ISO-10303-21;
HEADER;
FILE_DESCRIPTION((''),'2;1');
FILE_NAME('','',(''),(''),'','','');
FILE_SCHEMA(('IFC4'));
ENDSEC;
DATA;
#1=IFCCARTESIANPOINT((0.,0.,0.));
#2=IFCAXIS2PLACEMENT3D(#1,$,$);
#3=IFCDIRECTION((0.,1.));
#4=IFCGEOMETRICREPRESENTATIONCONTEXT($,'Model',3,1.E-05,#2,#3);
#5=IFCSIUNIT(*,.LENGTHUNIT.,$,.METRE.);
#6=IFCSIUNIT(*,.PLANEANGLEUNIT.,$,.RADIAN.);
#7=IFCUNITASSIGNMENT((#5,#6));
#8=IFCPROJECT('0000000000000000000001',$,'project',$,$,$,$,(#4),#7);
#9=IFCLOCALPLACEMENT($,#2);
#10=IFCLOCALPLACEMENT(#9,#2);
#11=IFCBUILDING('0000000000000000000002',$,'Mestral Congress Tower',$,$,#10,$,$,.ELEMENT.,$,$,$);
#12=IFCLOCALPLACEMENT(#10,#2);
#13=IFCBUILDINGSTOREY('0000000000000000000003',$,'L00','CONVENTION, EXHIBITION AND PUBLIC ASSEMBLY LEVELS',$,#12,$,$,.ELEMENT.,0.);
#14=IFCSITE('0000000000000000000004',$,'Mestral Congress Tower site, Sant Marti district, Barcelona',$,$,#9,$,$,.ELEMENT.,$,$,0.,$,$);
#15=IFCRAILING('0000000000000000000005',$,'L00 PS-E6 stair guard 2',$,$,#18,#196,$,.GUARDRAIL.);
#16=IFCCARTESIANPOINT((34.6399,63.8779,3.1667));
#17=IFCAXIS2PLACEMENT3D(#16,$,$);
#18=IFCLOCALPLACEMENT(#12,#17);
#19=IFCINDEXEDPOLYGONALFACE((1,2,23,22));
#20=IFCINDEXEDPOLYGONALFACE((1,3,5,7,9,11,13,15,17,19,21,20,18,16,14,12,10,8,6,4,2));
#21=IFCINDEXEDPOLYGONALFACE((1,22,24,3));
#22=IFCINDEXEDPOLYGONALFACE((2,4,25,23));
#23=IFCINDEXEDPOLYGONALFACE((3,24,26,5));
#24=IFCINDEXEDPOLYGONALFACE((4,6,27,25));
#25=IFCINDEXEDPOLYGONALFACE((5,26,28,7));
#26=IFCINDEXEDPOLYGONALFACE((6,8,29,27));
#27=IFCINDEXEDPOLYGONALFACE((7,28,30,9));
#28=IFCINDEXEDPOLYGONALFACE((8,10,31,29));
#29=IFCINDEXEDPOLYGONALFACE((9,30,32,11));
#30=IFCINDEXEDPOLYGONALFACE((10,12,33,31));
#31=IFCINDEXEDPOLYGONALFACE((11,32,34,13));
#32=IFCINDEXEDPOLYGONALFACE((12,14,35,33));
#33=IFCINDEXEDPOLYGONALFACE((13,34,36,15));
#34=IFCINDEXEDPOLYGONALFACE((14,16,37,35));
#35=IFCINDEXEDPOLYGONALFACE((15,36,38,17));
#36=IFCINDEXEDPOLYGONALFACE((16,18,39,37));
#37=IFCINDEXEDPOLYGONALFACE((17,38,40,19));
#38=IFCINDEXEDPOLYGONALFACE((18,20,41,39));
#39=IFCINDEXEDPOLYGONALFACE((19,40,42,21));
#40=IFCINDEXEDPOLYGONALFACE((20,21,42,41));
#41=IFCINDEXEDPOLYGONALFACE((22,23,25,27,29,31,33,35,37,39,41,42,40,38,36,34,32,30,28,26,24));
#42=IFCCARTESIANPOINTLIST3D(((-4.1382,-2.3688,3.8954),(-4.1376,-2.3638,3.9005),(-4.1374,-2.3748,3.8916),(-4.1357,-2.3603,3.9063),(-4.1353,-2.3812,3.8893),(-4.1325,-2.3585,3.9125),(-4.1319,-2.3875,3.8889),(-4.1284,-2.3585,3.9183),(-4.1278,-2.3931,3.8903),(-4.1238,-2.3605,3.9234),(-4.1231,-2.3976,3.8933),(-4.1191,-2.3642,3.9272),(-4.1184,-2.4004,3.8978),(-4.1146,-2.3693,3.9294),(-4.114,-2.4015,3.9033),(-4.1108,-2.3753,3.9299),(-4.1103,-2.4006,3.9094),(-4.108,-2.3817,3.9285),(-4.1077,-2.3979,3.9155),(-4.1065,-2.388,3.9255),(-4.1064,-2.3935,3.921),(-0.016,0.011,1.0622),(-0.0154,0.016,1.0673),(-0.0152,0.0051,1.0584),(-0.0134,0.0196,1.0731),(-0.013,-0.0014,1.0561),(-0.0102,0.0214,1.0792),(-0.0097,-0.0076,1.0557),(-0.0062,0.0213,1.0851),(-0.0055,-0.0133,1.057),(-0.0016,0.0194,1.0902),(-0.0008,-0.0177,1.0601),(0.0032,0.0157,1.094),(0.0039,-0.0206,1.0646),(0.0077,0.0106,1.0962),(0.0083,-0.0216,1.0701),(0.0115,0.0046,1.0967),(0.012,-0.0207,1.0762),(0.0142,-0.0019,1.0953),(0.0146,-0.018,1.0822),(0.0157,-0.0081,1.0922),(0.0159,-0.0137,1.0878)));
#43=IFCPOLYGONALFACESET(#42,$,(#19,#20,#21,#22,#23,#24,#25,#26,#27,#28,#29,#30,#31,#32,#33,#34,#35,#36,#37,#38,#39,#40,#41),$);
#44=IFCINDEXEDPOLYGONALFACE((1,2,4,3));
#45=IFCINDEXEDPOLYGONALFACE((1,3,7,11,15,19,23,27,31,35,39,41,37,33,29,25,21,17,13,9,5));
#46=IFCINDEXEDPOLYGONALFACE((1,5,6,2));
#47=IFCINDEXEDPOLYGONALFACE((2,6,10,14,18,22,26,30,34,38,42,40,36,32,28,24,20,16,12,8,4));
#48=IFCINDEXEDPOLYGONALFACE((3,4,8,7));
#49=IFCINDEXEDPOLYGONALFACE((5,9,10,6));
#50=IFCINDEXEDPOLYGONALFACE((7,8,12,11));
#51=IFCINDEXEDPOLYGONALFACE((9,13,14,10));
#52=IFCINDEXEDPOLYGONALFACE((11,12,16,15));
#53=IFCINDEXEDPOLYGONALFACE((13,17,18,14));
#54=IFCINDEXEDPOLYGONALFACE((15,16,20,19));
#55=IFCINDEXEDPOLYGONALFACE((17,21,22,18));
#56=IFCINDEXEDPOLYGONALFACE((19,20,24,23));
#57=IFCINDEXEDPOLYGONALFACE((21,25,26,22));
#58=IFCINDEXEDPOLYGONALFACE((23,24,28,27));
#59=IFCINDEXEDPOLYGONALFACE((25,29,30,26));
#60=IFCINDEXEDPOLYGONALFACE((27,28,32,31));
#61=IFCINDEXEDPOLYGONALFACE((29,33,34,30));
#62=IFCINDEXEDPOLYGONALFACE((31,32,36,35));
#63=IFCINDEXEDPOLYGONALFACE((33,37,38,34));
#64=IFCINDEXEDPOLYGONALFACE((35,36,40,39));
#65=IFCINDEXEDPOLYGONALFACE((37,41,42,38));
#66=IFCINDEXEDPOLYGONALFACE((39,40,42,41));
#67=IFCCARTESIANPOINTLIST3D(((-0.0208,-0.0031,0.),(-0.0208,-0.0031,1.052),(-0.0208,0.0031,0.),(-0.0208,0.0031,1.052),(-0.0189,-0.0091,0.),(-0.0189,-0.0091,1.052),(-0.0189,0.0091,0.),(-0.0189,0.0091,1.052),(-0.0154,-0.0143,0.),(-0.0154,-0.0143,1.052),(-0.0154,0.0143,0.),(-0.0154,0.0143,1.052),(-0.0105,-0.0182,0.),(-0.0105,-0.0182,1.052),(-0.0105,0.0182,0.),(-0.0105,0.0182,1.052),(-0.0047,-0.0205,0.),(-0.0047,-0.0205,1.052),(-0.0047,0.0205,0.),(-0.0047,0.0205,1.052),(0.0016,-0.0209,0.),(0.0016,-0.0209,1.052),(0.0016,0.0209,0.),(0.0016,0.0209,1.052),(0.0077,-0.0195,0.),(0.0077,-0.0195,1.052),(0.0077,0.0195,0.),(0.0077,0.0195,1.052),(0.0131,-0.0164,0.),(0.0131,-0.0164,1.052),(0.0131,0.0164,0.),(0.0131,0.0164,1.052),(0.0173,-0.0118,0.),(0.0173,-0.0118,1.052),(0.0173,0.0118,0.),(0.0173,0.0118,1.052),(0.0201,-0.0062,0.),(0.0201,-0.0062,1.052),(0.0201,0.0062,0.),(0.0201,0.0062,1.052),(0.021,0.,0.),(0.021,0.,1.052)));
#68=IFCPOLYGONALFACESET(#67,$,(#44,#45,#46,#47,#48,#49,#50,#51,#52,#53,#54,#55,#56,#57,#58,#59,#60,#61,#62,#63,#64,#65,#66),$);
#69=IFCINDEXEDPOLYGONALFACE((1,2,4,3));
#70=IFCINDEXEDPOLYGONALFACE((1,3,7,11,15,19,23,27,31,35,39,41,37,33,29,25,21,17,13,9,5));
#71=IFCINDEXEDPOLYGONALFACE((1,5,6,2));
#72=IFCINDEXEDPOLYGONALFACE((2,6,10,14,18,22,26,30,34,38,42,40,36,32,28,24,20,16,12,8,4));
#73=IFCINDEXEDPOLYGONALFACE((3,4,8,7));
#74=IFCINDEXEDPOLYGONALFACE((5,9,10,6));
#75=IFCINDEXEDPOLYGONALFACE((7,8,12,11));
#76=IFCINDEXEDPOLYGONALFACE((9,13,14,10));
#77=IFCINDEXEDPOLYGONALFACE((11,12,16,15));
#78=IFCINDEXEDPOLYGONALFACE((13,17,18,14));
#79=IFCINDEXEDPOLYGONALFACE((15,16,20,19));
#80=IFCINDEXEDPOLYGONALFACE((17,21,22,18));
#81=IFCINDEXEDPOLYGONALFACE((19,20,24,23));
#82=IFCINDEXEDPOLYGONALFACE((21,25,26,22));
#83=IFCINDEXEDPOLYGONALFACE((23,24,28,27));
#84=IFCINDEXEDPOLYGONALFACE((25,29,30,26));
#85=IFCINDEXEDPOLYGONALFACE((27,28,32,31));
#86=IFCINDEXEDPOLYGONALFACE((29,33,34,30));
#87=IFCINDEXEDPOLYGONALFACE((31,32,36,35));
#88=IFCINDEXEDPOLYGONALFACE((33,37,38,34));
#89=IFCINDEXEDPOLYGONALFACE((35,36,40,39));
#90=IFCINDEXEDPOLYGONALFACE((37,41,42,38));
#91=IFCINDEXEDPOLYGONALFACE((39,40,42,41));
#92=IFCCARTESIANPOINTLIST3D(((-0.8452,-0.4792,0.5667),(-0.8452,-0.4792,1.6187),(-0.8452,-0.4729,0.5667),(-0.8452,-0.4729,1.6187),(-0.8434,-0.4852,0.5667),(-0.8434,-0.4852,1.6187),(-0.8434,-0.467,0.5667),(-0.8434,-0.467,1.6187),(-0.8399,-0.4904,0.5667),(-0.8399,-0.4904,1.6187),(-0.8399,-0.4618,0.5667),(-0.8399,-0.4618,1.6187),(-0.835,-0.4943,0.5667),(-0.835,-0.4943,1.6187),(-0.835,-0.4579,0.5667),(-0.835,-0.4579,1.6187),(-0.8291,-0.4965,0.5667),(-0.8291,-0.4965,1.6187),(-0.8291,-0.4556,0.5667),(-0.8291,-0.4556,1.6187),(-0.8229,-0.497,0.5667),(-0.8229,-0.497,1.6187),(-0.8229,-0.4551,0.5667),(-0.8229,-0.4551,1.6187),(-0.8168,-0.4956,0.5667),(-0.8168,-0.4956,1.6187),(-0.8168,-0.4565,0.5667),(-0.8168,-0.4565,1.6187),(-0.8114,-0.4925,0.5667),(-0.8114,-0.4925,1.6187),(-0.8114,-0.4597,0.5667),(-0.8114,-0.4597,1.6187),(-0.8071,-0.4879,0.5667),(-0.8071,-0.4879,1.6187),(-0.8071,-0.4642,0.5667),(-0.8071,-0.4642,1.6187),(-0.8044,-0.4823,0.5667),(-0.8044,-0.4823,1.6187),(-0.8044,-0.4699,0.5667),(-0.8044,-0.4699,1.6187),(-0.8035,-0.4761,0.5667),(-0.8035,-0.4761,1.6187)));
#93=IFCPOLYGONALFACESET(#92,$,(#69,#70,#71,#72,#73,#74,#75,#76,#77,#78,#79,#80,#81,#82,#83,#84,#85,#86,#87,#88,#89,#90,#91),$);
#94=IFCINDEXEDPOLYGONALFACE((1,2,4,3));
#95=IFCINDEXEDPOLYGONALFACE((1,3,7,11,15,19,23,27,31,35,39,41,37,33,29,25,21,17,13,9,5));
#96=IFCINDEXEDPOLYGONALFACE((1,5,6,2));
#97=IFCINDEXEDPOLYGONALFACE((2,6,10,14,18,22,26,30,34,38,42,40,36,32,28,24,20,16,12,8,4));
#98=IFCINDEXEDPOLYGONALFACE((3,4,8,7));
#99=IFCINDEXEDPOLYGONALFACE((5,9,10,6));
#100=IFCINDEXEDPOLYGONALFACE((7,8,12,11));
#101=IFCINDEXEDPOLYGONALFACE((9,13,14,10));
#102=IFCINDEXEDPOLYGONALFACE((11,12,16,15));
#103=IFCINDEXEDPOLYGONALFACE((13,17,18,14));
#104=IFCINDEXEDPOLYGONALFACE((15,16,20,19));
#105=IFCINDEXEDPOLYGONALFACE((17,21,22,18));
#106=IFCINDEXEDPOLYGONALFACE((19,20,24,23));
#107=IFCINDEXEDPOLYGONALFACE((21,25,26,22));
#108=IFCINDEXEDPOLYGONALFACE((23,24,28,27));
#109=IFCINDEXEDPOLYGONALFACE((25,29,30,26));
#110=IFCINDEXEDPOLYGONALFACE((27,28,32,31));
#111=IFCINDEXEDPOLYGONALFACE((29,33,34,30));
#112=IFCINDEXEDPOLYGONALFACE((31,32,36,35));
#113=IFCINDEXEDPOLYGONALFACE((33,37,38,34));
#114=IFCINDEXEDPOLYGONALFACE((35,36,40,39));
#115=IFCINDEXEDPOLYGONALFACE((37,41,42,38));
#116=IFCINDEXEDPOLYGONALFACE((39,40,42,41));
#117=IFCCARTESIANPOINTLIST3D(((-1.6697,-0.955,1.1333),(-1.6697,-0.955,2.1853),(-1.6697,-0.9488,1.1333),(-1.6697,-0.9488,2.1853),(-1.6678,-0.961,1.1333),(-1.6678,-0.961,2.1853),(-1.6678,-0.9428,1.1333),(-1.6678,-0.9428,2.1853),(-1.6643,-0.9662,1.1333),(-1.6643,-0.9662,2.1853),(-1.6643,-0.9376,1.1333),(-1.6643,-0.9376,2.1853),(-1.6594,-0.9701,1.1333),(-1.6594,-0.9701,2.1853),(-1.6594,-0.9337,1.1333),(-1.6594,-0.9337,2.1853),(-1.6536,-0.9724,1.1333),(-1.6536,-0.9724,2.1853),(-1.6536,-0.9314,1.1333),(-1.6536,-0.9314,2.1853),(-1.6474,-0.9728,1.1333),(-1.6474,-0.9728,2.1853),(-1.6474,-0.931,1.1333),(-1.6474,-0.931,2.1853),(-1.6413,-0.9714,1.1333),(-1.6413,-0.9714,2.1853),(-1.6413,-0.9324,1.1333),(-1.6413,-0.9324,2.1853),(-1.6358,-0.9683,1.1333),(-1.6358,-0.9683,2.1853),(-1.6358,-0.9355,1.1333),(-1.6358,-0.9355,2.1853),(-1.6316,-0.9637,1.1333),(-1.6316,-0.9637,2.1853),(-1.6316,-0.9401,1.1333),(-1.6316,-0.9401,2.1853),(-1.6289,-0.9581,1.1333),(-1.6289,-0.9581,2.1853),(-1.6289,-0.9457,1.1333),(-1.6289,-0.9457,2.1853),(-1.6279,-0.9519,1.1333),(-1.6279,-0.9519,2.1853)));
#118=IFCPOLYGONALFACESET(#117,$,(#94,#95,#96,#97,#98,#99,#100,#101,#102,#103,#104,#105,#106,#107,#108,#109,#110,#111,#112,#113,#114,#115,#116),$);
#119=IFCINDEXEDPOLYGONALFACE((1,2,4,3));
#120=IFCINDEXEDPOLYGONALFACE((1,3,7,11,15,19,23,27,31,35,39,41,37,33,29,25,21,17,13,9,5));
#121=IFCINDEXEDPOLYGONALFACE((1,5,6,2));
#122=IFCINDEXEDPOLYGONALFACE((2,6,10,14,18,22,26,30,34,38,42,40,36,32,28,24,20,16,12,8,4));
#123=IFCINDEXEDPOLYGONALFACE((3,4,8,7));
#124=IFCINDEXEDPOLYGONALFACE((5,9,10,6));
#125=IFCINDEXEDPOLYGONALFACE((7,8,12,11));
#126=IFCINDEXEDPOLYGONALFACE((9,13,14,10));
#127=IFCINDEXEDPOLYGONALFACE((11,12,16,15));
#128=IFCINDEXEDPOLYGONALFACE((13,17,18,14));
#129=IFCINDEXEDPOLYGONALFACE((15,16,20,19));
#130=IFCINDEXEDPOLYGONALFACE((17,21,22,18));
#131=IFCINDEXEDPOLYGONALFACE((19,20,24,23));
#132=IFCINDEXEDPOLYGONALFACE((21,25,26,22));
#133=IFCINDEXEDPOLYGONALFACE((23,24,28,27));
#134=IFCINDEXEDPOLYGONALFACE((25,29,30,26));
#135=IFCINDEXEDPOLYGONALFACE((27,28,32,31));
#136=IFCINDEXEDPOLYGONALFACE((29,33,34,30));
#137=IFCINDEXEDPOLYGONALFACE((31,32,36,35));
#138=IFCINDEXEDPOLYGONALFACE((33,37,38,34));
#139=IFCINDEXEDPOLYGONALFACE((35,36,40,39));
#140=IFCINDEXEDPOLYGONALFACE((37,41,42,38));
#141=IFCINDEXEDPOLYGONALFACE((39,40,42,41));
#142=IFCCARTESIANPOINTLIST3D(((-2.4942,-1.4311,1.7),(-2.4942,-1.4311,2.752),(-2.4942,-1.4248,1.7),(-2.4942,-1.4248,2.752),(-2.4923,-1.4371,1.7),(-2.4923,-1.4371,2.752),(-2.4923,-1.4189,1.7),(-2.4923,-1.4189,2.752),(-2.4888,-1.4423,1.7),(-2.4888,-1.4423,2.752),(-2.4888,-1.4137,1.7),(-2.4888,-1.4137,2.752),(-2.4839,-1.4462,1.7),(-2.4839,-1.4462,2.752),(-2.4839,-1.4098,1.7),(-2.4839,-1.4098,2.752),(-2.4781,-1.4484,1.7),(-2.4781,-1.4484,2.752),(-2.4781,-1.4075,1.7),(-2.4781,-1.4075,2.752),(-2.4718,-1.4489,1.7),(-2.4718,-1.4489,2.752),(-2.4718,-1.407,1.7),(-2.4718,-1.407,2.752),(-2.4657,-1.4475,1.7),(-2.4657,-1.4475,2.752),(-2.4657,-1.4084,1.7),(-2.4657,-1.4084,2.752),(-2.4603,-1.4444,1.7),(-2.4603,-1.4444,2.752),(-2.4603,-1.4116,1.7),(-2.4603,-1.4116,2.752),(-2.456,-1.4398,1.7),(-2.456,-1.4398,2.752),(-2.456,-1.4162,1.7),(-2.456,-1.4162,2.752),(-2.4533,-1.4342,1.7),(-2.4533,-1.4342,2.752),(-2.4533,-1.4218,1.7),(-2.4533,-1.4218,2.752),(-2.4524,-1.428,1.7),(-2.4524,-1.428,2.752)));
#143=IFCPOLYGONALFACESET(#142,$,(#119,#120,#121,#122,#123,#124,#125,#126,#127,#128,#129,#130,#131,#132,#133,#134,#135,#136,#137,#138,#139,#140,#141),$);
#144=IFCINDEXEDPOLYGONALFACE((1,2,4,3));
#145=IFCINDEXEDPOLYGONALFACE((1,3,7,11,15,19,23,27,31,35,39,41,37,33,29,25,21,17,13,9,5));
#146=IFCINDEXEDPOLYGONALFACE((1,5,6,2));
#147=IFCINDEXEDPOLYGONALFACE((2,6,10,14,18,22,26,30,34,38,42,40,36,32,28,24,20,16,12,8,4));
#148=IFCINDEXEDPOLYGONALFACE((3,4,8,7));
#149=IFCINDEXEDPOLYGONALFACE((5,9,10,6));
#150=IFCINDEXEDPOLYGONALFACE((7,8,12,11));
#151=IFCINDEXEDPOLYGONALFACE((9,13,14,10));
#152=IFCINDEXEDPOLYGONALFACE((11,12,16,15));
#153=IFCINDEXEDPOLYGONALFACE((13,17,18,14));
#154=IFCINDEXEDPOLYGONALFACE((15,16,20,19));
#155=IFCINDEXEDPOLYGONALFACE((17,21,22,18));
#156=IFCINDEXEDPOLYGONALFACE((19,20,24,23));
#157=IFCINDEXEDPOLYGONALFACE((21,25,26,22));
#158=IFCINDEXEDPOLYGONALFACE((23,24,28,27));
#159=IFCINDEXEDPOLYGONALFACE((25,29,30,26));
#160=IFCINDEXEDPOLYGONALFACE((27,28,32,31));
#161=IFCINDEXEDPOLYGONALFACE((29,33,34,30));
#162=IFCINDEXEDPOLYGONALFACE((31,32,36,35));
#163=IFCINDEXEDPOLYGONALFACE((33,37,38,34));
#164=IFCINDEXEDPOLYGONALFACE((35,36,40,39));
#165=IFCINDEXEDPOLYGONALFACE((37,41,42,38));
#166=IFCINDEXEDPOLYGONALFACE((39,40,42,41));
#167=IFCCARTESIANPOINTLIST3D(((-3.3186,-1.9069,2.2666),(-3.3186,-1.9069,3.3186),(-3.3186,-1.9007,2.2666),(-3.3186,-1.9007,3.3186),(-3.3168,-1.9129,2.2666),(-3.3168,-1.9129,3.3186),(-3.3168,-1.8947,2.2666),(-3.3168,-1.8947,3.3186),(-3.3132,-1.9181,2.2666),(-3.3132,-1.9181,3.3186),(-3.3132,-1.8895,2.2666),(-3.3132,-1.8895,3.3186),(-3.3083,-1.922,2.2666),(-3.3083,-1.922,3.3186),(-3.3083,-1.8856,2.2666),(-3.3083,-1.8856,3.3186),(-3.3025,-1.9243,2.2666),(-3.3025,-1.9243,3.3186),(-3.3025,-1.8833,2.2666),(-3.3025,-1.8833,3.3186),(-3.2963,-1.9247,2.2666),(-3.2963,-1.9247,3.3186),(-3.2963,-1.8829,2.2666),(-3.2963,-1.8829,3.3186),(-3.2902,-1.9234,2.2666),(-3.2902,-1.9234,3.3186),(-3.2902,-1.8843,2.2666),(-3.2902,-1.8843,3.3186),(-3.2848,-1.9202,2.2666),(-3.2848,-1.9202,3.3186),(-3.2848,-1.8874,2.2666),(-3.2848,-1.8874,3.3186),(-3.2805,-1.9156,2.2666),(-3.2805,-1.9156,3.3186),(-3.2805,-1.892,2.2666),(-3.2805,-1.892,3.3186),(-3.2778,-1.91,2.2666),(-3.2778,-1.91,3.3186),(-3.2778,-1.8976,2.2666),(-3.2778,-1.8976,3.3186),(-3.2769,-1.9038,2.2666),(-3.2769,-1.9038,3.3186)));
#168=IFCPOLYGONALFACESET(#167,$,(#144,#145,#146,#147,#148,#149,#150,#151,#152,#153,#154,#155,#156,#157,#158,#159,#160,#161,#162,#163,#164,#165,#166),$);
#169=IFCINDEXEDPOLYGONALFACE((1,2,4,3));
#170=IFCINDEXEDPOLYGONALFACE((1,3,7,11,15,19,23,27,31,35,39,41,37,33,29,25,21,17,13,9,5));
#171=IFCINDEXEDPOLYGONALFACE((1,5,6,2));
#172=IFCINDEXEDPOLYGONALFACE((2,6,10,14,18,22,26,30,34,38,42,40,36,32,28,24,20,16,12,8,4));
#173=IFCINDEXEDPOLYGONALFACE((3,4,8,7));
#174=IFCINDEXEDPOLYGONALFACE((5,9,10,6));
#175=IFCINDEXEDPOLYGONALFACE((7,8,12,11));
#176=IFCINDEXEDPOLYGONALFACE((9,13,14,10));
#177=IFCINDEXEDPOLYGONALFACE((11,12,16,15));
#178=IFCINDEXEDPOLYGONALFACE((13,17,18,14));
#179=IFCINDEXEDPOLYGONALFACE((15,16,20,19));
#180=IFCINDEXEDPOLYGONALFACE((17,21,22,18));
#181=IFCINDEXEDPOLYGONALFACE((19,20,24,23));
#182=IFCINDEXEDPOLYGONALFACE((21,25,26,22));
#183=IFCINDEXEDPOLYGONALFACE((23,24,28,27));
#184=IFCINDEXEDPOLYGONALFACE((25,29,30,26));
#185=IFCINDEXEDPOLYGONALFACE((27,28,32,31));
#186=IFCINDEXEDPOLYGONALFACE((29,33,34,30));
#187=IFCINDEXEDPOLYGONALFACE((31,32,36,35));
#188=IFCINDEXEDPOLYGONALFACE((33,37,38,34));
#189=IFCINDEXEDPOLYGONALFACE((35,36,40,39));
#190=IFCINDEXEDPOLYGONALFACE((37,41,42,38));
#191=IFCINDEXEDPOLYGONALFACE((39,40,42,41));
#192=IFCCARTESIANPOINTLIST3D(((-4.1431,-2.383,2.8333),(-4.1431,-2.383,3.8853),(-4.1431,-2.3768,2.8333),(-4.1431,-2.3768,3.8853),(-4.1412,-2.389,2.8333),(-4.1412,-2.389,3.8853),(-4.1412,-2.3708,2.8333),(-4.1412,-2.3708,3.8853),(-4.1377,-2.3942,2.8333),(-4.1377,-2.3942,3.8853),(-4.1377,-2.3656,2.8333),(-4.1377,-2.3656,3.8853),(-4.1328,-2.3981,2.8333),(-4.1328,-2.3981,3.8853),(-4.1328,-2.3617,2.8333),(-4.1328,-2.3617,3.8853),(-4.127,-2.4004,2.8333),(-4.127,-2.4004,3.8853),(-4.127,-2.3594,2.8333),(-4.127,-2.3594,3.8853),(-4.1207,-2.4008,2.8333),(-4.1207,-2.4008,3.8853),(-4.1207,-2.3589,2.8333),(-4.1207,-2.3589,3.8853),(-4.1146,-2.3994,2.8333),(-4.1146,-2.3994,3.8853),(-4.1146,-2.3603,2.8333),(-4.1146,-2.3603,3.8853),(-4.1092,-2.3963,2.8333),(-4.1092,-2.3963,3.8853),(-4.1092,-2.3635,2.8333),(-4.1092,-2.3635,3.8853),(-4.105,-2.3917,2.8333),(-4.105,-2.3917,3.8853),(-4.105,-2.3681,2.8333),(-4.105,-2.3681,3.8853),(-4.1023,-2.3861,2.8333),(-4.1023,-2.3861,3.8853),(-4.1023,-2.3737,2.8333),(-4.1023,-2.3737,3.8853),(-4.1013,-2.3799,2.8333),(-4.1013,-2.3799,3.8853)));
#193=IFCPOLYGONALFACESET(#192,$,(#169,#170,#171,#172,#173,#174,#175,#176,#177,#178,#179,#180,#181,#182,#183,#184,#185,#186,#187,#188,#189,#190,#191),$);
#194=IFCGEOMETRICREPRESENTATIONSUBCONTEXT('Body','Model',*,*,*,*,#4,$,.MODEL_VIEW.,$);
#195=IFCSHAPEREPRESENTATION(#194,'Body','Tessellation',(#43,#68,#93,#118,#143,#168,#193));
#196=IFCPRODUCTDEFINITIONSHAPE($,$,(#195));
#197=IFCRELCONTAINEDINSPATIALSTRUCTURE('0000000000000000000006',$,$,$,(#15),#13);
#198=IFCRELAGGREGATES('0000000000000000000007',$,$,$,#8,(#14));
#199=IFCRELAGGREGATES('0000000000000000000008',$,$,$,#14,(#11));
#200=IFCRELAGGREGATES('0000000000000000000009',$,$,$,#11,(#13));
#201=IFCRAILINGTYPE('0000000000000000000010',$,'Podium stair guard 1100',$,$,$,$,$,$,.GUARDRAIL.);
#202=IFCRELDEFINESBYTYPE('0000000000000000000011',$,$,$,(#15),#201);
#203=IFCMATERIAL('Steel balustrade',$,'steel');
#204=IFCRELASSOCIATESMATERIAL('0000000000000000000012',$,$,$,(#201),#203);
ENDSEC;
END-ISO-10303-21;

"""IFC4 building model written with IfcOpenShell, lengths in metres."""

from ifc_helpers import new_model, si_unit, direction, frame, origin, origin_2d, place, context, subcontext, project, spatial, circle, extrude, material, type_object, element, save


model = new_model("IFC4")

# Units and contexts
model_context = context("Model", 3, precision=1e-05, world=origin(), true_north=direction((0.0, 1.0)))
body_context = subcontext(model_context, "Body", "Model", "MODEL_VIEW")
ifc_project = project(units=[si_unit("LENGTHUNIT", "METRE"), si_unit("PLANEANGLEUNIT", "RADIAN")], contexts=[model_context])

# Site, building, storey
site_placement = place(None, origin())
site = spatial("IfcSite", under=ifc_project, at=site_placement, Name="Mestral Congress Tower site, Sant Marti district, Barcelona", CompositionType="ELEMENT", RefElevation=0.0)
building_placement = place(site_placement, origin())
building = spatial("IfcBuilding", under=site, at=building_placement, Name="Mestral Congress Tower", CompositionType="ELEMENT")
storey_placement = place(building_placement, origin())
storey = spatial("IfcBuildingStorey", under=building, at=storey_placement, Name="L00", Description="CONVENTION, EXHIBITION AND PUBLIC ASSEMBLY LEVELS", CompositionType="ELEMENT", Elevation=0.0)

# Railing
ifc_material_1 = material(Name="Steel balustrade", Category="steel")
railing_type_1 = type_object("IfcRailingType", Name="Podium stair guard 1100", PredefinedType="GUARDRAIL", material=ifc_material_1)
railing_1_placement = place(storey_placement, frame((34.6399, 63.8779, 3.1667)))
element("IfcRailing", 1, at=railing_1_placement, inside=storey, type_object=railing_type_1, Name="L00 PS-E6 stair guard 2", PredefinedType="GUARDRAIL", context=body_context, shape_type="SweptSolid", body=[
    extrude(circle(Radius=0.0239, at=origin_2d()), frame((0.0, 0.0, 1.0762), z_axis=(-0.744185, -0.42963, 0.511475), x_axis=(0.499978, -0.866038, 0.0)), (0.0, 0.0, 1.0), 5.5393),
    extrude(circle(Radius=0.021, at=origin_2d()), origin(), (0.0, 0.0, 1.0), 1.052),
    extrude(circle(Radius=0.021, at=origin_2d()), frame((-0.8245, -0.4761, 0.5667)), (0.0, 0.0, 1.0), 1.052),
    extrude(circle(Radius=0.021, at=origin_2d()), frame((-1.6489, -0.9519, 1.1333)), (0.0, 0.0, 1.0), 1.052),
    extrude(circle(Radius=0.021, at=origin_2d()), frame((-2.4734, -1.428, 1.7)), (0.0, 0.0, 1.0), 1.052),
    extrude(circle(Radius=0.021, at=origin_2d()), frame((-3.2979, -1.9038, 2.2666)), (0.0, 0.0, 1.0), 1.052),
    extrude(circle(Radius=0.021, at=origin_2d()), frame((-4.1223, -2.3799, 2.8333)), (0.0, 0.0, 1.0), 1.052),
])

save(model, "model.ifc")
